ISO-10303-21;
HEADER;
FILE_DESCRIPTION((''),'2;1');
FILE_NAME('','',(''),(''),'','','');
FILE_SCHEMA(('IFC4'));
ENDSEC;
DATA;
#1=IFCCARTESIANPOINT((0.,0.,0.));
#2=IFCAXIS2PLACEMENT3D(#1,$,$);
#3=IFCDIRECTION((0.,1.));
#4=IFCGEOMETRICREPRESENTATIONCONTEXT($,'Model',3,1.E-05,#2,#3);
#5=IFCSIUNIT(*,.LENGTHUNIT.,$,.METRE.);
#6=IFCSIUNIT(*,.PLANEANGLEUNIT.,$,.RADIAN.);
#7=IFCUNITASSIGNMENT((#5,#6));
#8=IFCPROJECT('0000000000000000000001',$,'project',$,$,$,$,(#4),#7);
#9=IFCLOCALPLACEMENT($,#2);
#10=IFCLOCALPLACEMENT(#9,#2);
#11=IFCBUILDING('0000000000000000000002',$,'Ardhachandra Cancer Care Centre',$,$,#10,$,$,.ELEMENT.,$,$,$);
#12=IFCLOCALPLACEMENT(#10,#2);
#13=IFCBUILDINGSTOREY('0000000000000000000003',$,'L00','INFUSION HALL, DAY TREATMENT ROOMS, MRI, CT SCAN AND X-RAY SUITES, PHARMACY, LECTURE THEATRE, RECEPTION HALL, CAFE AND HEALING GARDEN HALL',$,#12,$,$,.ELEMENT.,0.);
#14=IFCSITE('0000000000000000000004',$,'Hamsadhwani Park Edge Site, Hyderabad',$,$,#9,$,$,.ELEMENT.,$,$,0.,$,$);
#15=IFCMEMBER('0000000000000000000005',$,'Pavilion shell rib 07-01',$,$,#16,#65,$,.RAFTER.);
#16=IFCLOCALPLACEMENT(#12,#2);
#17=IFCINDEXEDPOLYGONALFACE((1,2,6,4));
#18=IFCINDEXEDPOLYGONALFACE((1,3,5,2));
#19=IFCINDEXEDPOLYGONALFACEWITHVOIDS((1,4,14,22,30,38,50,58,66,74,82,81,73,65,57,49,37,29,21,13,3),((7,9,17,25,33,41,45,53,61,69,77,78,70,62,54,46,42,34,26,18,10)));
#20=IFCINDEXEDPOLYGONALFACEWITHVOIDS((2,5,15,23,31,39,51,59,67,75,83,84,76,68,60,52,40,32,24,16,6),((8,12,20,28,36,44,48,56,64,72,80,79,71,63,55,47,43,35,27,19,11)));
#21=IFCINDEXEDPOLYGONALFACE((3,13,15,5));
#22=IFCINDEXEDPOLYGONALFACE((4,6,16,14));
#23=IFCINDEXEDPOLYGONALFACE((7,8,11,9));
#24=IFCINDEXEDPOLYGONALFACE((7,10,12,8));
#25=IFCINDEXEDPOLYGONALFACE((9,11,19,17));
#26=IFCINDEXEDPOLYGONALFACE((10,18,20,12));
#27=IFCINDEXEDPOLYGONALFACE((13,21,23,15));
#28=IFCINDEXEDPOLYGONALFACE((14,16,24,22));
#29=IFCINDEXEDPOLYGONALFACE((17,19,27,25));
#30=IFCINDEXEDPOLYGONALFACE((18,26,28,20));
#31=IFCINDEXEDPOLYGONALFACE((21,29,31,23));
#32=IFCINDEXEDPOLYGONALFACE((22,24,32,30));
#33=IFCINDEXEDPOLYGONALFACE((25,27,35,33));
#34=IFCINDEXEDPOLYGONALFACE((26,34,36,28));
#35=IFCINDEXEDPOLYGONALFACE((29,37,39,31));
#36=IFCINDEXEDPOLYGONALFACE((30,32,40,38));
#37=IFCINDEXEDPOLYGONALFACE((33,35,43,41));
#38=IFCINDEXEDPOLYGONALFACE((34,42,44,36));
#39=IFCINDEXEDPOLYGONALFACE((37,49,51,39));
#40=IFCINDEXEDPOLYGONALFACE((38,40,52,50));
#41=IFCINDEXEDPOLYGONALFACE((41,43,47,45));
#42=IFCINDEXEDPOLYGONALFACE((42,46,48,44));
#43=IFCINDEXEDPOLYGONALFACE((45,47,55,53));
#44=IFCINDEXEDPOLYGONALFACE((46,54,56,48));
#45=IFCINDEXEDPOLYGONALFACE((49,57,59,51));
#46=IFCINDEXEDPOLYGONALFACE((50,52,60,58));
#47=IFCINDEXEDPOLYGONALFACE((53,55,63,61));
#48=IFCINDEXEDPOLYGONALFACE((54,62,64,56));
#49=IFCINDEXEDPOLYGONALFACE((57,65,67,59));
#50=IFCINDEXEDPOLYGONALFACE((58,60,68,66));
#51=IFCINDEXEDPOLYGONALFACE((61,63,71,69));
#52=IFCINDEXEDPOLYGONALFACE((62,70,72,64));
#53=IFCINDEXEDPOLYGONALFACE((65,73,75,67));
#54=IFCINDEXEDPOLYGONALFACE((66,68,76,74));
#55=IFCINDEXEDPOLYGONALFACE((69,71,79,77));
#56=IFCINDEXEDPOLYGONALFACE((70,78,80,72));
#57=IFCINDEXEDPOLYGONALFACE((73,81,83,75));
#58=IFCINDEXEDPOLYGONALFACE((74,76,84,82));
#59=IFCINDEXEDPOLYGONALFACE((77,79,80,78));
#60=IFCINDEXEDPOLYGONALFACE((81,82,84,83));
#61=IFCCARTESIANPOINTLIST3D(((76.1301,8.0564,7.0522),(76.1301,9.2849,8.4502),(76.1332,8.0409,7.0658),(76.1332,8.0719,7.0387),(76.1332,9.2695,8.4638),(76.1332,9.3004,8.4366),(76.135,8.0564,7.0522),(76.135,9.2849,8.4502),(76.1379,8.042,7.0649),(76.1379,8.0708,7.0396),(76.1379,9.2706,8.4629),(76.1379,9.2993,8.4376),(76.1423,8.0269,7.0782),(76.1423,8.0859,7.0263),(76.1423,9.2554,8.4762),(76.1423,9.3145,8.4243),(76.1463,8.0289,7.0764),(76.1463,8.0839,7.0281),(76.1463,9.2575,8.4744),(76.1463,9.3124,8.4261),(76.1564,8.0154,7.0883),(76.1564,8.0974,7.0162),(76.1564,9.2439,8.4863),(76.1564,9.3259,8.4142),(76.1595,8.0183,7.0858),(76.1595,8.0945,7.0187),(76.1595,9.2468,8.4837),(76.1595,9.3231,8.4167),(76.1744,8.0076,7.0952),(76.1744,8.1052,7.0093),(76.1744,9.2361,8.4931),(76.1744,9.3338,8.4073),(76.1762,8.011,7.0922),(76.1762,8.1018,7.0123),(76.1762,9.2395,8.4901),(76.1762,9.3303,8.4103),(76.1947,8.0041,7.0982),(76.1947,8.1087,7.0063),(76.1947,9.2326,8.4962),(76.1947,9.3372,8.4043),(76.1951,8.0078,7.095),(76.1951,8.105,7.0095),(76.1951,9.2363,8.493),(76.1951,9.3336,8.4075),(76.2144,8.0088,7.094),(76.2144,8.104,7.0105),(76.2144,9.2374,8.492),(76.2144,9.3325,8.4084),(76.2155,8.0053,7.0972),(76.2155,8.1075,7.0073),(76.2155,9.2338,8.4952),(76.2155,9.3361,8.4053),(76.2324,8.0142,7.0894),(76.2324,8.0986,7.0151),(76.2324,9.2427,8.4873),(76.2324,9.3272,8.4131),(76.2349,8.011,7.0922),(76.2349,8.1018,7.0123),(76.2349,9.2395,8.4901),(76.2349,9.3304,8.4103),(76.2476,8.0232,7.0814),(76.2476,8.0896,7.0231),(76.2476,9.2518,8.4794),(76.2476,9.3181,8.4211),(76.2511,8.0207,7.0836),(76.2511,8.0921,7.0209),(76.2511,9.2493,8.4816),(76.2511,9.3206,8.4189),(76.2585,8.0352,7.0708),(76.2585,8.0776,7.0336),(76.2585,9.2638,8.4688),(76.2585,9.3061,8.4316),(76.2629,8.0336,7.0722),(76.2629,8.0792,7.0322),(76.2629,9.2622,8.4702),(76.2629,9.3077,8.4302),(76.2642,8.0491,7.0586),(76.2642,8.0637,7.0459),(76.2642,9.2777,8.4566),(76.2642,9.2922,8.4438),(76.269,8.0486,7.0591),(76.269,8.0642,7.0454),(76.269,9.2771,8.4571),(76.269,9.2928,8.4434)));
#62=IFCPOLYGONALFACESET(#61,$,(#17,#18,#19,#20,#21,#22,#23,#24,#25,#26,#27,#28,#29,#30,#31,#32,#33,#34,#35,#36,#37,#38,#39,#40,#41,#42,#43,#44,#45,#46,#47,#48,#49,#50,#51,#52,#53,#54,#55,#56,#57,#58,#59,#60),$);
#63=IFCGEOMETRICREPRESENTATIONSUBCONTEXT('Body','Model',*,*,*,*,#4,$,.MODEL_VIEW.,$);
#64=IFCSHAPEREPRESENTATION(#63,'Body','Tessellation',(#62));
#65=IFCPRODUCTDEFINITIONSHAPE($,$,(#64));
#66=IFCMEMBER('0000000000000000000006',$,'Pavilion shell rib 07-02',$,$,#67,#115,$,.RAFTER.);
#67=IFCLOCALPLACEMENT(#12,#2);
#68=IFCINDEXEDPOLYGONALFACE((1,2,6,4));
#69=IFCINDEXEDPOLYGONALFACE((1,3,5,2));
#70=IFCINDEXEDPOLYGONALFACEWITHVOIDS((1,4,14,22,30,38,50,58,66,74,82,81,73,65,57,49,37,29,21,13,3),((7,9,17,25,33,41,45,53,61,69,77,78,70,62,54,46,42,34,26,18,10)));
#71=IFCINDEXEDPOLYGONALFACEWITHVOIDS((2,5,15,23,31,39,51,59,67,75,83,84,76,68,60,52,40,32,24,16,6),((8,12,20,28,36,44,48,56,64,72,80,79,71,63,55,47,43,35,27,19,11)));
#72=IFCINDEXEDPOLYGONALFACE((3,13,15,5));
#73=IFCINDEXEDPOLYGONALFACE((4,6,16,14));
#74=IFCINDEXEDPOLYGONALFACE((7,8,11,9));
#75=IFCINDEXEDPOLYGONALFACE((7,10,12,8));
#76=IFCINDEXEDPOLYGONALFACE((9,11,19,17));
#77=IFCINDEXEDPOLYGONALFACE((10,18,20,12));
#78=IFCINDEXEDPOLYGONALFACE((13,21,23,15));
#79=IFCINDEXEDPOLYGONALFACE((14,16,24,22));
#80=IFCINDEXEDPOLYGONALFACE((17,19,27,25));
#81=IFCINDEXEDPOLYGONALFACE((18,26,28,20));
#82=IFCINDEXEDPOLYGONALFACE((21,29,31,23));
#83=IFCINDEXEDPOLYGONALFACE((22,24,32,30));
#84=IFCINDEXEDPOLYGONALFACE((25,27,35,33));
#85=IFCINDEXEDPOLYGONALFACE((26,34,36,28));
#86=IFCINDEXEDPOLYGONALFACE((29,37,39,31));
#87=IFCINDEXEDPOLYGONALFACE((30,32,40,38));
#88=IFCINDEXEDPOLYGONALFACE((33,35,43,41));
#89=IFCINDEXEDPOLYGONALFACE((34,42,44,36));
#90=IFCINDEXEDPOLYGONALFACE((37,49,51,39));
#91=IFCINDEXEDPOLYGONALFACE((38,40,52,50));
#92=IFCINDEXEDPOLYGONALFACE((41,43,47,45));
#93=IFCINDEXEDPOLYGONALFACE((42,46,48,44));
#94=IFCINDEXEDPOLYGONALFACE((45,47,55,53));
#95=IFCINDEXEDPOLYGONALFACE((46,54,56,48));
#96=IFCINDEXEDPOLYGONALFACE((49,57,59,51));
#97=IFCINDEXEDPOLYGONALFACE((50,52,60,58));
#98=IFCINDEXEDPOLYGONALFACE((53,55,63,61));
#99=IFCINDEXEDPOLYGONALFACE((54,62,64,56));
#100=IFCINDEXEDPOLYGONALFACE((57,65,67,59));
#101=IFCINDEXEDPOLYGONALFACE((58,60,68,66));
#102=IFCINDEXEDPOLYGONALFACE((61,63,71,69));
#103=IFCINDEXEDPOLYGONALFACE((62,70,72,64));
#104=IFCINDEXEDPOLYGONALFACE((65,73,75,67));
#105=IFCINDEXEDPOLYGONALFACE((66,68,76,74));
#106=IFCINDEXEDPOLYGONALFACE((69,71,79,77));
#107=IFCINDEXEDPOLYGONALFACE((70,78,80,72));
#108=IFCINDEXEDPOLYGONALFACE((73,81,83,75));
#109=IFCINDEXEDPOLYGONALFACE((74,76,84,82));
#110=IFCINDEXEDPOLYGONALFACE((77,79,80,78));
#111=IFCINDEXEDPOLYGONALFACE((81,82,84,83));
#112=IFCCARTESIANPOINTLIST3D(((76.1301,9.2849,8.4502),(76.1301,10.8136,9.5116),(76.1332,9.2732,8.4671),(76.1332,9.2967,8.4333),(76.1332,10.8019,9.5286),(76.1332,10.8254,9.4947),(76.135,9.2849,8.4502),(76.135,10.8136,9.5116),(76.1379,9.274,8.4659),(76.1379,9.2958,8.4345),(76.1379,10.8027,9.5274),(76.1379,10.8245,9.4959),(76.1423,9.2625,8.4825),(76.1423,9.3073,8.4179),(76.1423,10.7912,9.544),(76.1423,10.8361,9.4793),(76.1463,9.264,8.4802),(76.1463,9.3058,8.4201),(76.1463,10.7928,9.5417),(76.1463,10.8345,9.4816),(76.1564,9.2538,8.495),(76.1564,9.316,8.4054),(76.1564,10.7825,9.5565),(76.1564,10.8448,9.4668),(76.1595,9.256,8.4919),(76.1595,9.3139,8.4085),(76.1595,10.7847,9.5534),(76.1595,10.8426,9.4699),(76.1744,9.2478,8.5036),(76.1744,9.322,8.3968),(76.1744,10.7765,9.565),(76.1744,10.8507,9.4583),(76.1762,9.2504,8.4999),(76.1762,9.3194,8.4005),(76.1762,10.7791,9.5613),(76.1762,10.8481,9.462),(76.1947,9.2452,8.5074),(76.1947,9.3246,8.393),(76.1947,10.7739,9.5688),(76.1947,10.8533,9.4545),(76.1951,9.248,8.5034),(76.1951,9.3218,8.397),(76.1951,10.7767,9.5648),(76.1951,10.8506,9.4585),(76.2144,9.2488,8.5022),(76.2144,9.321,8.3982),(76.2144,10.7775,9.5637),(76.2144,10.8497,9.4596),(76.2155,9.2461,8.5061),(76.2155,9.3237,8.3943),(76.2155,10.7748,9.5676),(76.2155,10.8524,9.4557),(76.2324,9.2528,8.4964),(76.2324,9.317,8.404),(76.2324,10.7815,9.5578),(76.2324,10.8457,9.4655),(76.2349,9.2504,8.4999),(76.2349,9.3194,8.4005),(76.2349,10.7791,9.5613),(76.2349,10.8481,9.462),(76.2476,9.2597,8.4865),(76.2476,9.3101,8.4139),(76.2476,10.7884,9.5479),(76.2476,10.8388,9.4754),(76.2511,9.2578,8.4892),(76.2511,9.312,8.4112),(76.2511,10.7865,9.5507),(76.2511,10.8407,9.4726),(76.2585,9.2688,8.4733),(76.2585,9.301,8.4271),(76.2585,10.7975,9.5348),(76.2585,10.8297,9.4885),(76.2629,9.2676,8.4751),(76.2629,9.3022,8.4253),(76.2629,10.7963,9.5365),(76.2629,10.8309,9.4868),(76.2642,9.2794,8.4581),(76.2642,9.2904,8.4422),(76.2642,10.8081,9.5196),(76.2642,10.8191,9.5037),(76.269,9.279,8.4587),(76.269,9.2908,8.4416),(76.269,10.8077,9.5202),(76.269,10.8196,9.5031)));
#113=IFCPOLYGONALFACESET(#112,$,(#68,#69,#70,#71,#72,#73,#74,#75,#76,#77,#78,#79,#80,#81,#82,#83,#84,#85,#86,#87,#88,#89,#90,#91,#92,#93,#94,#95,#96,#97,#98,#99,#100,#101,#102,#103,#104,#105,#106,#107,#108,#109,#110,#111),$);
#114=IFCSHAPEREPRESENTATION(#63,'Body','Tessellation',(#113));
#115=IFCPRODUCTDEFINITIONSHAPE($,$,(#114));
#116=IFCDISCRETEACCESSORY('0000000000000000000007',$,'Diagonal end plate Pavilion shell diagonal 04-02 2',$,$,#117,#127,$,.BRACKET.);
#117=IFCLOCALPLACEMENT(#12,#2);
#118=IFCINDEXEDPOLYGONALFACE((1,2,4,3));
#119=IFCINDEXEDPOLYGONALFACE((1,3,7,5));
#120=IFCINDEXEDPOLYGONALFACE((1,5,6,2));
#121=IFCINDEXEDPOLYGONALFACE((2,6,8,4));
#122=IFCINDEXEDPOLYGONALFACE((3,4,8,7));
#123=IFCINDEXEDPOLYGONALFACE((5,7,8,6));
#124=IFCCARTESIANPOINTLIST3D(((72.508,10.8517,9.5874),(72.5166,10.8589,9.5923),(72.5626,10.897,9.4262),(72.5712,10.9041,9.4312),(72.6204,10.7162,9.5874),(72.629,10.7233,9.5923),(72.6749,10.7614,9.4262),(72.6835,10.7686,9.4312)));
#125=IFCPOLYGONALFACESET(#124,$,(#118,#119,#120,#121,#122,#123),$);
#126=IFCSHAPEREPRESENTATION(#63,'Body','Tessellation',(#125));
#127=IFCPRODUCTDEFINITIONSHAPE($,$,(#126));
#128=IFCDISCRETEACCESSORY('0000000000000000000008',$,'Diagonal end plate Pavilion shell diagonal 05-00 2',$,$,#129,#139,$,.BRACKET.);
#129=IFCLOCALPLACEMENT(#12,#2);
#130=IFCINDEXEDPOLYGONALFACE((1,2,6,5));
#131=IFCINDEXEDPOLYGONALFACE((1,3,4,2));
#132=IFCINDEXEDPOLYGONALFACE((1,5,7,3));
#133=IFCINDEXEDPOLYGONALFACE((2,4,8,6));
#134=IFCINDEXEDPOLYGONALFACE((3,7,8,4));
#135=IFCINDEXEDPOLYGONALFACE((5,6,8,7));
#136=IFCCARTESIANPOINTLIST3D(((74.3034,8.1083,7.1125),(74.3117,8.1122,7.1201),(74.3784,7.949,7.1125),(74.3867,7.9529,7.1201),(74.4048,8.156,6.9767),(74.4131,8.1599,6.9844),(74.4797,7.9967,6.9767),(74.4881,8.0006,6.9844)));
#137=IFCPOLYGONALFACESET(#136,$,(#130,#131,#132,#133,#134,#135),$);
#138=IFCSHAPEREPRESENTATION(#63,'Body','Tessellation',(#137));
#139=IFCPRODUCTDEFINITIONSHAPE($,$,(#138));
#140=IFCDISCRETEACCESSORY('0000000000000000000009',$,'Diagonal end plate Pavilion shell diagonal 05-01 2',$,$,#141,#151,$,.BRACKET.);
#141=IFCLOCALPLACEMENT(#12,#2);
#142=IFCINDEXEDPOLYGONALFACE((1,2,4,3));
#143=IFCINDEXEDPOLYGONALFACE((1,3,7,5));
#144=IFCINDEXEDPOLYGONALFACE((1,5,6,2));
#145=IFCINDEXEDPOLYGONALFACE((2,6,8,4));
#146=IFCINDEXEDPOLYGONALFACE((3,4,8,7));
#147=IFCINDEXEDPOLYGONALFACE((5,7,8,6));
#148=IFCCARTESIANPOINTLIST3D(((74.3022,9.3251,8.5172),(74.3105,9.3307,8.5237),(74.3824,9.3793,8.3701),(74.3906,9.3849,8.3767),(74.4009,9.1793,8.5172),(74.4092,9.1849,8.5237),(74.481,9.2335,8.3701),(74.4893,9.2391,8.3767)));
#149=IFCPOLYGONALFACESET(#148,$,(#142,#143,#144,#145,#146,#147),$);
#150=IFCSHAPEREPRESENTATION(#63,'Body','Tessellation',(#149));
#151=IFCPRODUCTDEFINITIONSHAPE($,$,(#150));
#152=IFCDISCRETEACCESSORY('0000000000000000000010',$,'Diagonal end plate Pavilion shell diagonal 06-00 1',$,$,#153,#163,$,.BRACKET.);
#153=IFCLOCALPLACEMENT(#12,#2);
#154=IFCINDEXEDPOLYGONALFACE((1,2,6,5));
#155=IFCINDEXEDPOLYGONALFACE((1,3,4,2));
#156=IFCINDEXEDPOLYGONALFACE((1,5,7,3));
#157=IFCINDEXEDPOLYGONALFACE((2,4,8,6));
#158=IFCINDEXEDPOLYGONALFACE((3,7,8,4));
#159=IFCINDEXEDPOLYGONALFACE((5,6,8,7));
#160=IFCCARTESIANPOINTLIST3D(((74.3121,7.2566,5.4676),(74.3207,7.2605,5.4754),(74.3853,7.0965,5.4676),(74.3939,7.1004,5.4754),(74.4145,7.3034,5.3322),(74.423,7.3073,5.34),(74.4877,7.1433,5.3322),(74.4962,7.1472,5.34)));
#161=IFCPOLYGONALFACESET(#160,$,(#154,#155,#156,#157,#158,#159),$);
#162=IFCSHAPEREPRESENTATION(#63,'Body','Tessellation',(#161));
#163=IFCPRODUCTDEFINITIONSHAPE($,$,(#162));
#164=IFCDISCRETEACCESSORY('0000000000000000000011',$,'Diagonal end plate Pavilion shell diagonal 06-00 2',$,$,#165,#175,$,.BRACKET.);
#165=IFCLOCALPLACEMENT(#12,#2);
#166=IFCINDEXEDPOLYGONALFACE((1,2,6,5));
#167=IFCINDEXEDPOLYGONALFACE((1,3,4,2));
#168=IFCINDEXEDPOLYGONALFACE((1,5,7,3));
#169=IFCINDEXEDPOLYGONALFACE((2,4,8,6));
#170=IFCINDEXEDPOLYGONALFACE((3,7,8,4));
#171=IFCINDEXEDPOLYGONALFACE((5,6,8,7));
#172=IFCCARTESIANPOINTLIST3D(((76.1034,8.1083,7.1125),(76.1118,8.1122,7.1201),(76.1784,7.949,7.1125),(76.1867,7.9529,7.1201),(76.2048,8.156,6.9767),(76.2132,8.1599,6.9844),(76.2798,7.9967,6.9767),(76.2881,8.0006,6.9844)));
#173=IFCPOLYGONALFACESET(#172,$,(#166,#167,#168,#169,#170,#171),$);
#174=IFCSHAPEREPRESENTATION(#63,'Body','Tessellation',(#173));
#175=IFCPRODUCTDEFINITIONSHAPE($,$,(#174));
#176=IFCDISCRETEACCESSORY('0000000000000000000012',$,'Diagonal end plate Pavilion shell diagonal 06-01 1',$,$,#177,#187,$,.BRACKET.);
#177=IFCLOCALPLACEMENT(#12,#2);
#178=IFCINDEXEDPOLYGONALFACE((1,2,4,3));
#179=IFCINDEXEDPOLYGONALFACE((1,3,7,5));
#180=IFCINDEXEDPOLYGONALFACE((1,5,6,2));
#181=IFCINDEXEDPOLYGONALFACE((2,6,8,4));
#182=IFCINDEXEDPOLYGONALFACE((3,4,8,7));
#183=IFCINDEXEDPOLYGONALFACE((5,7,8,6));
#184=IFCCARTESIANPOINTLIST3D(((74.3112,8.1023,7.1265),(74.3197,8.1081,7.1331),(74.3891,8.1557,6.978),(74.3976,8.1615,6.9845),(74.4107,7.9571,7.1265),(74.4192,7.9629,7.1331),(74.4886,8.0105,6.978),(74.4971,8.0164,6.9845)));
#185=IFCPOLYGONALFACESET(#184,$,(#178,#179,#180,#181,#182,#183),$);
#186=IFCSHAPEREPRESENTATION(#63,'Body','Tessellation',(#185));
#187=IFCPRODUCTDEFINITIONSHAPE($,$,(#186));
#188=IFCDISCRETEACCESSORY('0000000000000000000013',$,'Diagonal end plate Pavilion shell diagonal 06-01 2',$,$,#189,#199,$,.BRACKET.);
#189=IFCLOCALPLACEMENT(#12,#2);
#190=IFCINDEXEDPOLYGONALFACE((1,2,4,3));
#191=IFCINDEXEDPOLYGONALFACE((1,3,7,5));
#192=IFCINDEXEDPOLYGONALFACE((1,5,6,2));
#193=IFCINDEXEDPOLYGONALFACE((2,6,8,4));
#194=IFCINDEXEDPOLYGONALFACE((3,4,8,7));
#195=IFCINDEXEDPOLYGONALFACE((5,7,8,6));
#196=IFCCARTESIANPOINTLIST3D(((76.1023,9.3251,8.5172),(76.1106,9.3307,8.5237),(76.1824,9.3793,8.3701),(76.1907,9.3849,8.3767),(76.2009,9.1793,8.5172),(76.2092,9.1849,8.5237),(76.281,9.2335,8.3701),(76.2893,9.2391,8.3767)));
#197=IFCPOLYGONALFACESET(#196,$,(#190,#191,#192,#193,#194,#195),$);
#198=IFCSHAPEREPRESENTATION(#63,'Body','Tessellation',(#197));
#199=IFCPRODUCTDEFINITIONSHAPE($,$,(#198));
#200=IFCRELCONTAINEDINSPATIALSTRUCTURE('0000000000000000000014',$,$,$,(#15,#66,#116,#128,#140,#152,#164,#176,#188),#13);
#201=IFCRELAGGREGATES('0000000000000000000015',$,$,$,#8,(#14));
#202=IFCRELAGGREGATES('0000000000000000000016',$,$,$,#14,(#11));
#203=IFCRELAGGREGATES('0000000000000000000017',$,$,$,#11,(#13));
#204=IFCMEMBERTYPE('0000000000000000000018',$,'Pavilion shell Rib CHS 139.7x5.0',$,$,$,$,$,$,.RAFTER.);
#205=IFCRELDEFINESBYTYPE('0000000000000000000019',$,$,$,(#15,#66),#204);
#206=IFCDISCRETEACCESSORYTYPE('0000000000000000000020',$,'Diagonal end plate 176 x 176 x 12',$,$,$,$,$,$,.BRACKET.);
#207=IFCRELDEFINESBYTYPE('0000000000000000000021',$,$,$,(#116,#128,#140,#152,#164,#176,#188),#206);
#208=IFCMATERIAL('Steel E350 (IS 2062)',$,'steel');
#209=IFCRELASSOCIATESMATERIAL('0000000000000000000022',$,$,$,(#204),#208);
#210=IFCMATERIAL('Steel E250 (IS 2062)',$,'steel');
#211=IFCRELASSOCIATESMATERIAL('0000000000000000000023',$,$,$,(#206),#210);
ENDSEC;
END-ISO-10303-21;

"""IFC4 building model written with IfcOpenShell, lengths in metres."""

from ifc_helpers import new_model, si_unit, direction, frame, origin, origin_2d, place, context, subcontext, project, spatial, rectangle, hollow_circle, extrude, material, material_profile, profile_set, type_object, element, save


model = new_model("IFC4")

# Units and contexts
model_context = context("Model", 3, precision=1e-05, world=origin(), true_north=direction((0.0, 1.0)))
body_context = subcontext(model_context, "Body", "Model", "MODEL_VIEW")
ifc_project = project(units=[si_unit("LENGTHUNIT", "METRE"), si_unit("PLANEANGLEUNIT", "RADIAN")], contexts=[model_context])

# Site, building, storey
site_placement = place(None, origin())
site = spatial("IfcSite", under=ifc_project, at=site_placement, Name="Hamsadhwani Park Edge Site, Hyderabad", CompositionType="ELEMENT", RefElevation=0.0)
building_placement = place(site_placement, origin())
building = spatial("IfcBuilding", under=site, at=building_placement, Name="Ardhachandra Cancer Care Centre", CompositionType="ELEMENT")
storey_placement = place(building_placement, origin())
storey = spatial("IfcBuildingStorey", under=building, at=storey_placement, Name="L00", Description="INFUSION HALL, DAY TREATMENT ROOMS, MRI, CT SCAN AND X-RAY SUITES, PHARMACY, LECTURE THEATRE, RECEPTION HALL, CAFE AND HEALING GARDEN HALL", CompositionType="ELEMENT", Elevation=0.0)

# Members
ifc_material_1 = material(Name="Steel E350 (IS 2062)", Category="steel")
ifc_material_profile_1 = material_profile(ifc_material_1, hollow_circle(Radius=0.0698, WallThickness=0.0049, at=origin_2d()), Name="CHS 139.7x5.0")
ifc_profile_set_1 = profile_set([ifc_material_profile_1], Name="Steel E350 (IS 2062)")
member_type_1 = type_object("IfcMemberType", Name="Pavilion shell Rib CHS 139.7x5.0", PredefinedType="RAFTER", material=ifc_profile_set_1)
for number, where, z_axis, x_axis, name in (
    (1, (76.2, 8.0564, 7.0522), (0.0, 0.660119, 0.751161), (-1.0, 0.0, 0.0), "Pavilion shell rib 07-01"),
    (2, (76.2, 9.2849, 8.4502), (0.0, 0.821408, 0.570342), (-1.0, 0.0, 0.0), "Pavilion shell rib 07-02"),
):
    element("IfcMember", number, at=place(storey_placement, frame(where, z_axis=z_axis, x_axis=x_axis)), inside=storey, type_object=member_type_1, Name=name, PredefinedType="RAFTER", context=body_context, shape_type="SweptSolid", body=[
        extrude(hollow_circle(Radius=0.0698, WallThickness=0.0049, at=origin_2d()), origin(), (0.0, 0.0, 1.0), 1.8611),
    ])

# Discrete accessories
ifc_material_2 = material(Name="Steel E250 (IS 2062)", Category="steel")
ifc_material_profile_2 = material_profile(ifc_material_2, rectangle(XDim=0.176, YDim=0.176, at=origin_2d()), Name="PL 176x176x12")
ifc_profile_set_2 = profile_set([ifc_material_profile_2], Name="Steel E250 (IS 2062)")
discrete_accessory_type = type_object("IfcDiscreteAccessoryType", Name="Diagonal end plate 176 x 176 x 12", PredefinedType="BRACKET", material=ifc_profile_set_2)
discrete_accessory_1_placement = place(storey_placement, frame((72.6001, 10.8137, 9.5117), z_axis=(-0.704809, -0.583985, -0.402748), x_axis=(0.638018, -0.770022, 0.0)))
element("IfcDiscreteAccessory", 3, at=discrete_accessory_1_placement, inside=storey, type_object=discrete_accessory_type, Name="Diagonal end plate Pavilion shell diagonal 04-02 2", PredefinedType="BRACKET", context=body_context, shape_type="SweptSolid", body=[
    extrude(rectangle(XDim=0.176, YDim=0.176, at=origin_2d()), origin(), (0.0, 0.0, 1.0), 0.0122),
])
for number, where, z_axis, x_axis, name in (
    (4, (74.3999, 8.0564, 7.0522), (-0.697959, -0.328451, -0.636375), (0.425797, -0.904819, 0.0), "Diagonal end plate Pavilion shell diagonal 05-00 2"),
    (5, (74.3999, 9.2849, 8.4502), (-0.692007, -0.468122, -0.549535), (0.560309, -0.828283, 0.0), "Diagonal end plate Pavilion shell diagonal 05-01 2"),
):
    element("IfcDiscreteAccessory", number, at=place(storey_placement, frame(where, z_axis=z_axis, x_axis=x_axis)), inside=storey, type_object=discrete_accessory_type, Name=name, PredefinedType="BRACKET", context=body_context, shape_type="SweptSolid", body=[
        extrude(rectangle(XDim=0.176, YDim=0.176, at=origin_2d()), origin(), (0.0, 0.0, 1.0), 0.012),
    ])
discrete_accessory_2_placement = place(storey_placement, frame((74.3999, 7.2, 5.3999), z_axis=(0.699301, 0.31968, 0.639361), x_axis=(-0.41576, 0.909474, 0.0)))
element("IfcDiscreteAccessory", 6, at=discrete_accessory_2_placement, inside=storey, type_object=discrete_accessory_type, Name="Diagonal end plate Pavilion shell diagonal 06-00 1", PredefinedType="BRACKET", context=body_context, shape_type="SweptSolid", body=[
    extrude(rectangle(XDim=0.176, YDim=0.176, at=origin_2d()), origin(), (0.0, 0.0, 1.0), 0.0122),
])
discrete_accessory_3_placement = place(storey_placement, frame((76.2, 8.0564, 7.0522), z_axis=(-0.697959, -0.328451, -0.636375), x_axis=(0.425797, -0.904819, 0.0)))
element("IfcDiscreteAccessory", 7, at=discrete_accessory_3_placement, inside=storey, type_object=discrete_accessory_type, Name="Diagonal end plate Pavilion shell diagonal 06-00 2", PredefinedType="BRACKET", context=body_context, shape_type="SweptSolid", body=[
    extrude(rectangle(XDim=0.176, YDim=0.176, at=origin_2d()), origin(), (0.0, 0.0, 1.0), 0.012),
])
discrete_accessory_4_placement = place(storey_placement, frame((74.3999, 8.0564, 7.0522), z_axis=(0.695837, 0.477146, 0.536789), x_axis=(-0.565528, 0.824729, 0.0)))
element("IfcDiscreteAccessory", 8, at=discrete_accessory_4_placement, inside=storey, type_object=discrete_accessory_type, Name="Diagonal end plate Pavilion shell diagonal 06-01 1", PredefinedType="BRACKET", context=body_context, shape_type="SweptSolid", body=[
    extrude(rectangle(XDim=0.176, YDim=0.176, at=origin_2d()), origin(), (0.0, 0.0, 1.0), 0.0122),
])
discrete_accessory_5_placement = place(storey_placement, frame((76.2, 9.2849, 8.4502), z_axis=(-0.692007, -0.468122, -0.549535), x_axis=(0.560309, -0.828283, 0.0)))
element("IfcDiscreteAccessory", 9, at=discrete_accessory_5_placement, inside=storey, type_object=discrete_accessory_type, Name="Diagonal end plate Pavilion shell diagonal 06-01 2", PredefinedType="BRACKET", context=body_context, shape_type="SweptSolid", body=[
    extrude(rectangle(XDim=0.176, YDim=0.176, at=origin_2d()), origin(), (0.0, 0.0, 1.0), 0.012),
])

save(model, "model.ifc")
